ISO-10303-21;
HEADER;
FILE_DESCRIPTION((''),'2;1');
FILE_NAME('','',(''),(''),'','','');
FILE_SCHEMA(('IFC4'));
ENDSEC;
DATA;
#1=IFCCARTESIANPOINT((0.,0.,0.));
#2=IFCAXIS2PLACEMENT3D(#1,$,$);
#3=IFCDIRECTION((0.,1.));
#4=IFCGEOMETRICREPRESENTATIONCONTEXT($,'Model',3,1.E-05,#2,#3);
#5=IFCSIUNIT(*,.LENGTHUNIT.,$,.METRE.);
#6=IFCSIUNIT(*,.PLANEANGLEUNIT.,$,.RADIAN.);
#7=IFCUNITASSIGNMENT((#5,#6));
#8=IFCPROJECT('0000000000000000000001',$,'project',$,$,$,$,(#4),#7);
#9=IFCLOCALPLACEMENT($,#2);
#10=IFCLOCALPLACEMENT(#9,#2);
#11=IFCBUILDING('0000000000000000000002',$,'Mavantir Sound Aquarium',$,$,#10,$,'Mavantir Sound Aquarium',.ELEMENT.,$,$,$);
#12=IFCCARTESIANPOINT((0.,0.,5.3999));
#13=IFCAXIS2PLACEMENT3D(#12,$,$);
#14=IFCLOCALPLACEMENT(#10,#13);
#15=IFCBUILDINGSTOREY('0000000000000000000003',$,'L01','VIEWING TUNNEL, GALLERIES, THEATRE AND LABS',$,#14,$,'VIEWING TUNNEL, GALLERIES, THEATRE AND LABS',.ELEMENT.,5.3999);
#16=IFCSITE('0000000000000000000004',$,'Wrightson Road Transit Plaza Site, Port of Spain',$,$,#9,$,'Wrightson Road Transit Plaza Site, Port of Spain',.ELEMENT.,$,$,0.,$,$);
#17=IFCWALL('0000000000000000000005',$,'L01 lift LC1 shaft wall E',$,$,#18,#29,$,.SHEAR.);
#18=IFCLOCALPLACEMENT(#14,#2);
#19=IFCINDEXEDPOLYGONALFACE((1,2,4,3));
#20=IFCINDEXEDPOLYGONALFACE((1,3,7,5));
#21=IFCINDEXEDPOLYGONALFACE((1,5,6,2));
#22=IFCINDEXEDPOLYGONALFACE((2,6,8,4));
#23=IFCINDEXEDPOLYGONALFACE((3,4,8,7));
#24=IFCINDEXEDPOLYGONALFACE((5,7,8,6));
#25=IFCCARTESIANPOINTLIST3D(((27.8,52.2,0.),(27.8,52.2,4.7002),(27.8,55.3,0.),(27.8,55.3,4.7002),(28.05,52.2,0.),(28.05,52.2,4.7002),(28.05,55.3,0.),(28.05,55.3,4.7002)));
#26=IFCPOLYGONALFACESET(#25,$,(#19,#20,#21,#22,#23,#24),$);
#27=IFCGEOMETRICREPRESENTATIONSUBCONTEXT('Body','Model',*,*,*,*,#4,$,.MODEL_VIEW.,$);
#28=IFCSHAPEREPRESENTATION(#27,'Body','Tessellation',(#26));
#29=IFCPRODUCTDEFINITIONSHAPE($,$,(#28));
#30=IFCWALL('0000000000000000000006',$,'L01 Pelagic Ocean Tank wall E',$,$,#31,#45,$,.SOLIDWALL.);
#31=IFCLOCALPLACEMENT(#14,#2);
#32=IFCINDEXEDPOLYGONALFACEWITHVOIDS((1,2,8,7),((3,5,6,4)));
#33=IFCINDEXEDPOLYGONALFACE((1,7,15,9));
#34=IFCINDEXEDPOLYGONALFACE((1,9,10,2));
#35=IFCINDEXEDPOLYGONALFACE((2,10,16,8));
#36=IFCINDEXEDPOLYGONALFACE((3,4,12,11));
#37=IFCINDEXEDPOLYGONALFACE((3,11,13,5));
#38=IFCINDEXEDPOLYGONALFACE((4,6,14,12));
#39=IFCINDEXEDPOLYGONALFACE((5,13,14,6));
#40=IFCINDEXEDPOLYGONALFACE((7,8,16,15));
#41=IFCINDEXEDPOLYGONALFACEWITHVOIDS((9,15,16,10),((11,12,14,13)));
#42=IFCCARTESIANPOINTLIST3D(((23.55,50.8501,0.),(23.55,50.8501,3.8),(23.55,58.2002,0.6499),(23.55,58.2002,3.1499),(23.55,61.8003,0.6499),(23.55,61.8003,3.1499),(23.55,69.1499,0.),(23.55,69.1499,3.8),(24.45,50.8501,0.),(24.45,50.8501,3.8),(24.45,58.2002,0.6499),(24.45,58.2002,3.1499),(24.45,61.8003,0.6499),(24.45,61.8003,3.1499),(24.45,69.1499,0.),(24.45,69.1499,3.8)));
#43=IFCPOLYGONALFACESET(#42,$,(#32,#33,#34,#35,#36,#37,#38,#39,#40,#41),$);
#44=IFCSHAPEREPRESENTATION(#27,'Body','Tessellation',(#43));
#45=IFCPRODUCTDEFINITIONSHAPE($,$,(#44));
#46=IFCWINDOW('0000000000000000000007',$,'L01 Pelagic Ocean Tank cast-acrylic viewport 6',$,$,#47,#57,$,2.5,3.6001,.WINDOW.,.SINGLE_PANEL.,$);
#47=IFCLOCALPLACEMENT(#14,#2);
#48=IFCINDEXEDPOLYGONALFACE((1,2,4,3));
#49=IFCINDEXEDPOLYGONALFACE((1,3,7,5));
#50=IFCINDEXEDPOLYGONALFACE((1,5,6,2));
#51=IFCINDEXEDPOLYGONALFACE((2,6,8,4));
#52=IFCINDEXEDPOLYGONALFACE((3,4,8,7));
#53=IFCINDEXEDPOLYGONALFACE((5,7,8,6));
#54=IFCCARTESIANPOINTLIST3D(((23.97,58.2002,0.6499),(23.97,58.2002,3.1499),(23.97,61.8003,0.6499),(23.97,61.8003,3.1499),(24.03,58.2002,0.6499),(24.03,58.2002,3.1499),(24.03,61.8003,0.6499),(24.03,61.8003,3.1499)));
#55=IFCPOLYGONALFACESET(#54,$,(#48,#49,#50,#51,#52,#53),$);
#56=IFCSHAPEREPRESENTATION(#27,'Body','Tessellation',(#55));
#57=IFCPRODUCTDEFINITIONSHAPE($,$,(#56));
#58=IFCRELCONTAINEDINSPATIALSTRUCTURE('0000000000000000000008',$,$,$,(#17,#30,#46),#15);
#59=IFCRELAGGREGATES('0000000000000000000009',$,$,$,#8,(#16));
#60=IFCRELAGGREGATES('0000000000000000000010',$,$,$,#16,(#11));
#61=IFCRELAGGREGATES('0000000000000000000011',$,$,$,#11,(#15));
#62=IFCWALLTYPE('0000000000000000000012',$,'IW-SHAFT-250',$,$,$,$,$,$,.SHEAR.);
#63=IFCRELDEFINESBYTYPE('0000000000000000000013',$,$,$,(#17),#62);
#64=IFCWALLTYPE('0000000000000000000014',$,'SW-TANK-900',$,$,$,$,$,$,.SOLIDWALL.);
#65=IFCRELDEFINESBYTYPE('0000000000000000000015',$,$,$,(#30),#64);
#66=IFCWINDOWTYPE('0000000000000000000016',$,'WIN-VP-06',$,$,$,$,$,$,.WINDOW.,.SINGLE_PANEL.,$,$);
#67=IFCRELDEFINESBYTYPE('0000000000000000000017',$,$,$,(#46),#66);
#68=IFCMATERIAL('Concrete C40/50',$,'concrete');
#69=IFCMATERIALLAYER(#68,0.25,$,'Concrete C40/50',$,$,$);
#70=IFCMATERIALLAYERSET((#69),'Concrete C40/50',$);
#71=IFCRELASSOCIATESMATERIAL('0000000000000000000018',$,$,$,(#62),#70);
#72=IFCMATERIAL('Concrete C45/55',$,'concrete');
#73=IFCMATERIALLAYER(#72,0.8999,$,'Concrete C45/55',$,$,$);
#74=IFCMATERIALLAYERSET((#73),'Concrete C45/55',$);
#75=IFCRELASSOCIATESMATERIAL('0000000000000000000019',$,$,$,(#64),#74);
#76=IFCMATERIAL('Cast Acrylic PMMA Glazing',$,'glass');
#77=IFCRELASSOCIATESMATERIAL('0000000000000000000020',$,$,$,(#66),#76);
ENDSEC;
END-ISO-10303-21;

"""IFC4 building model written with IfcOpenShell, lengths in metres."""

from ifc_helpers import new_model, si_unit, direction, frame, frame_2d, origin, place, context, subcontext, project, spatial, rectangle, extrude, material, layer, layer_set, type_object, element, fill, save


model = new_model("IFC4")

# Units and contexts
model_context = context("Model", 3, precision=1e-05, world=origin(), true_north=direction((0.0, 1.0)))
body_context = subcontext(model_context, "Body", "Model", "MODEL_VIEW")
ifc_project = project(units=[si_unit("LENGTHUNIT", "METRE"), si_unit("PLANEANGLEUNIT", "RADIAN")], contexts=[model_context])

# Site, building, storey
site_placement = place(None, origin())
site = spatial("IfcSite", under=ifc_project, at=site_placement, Name="Wrightson Road Transit Plaza Site, Port of Spain", LongName="Wrightson Road Transit Plaza Site, Port of Spain", CompositionType="ELEMENT", RefElevation=0.0)
building_placement = place(site_placement, origin())
building = spatial("IfcBuilding", under=site, at=building_placement, Name="Mavantir Sound Aquarium", LongName="Mavantir Sound Aquarium", CompositionType="ELEMENT")
storey_placement = place(building_placement, frame((0.0, 0.0, 5.3999)))
storey = spatial("IfcBuildingStorey", under=building, at=storey_placement, Name="L01", Description="VIEWING TUNNEL, GALLERIES, THEATRE AND LABS", LongName="VIEWING TUNNEL, GALLERIES, THEATRE AND LABS", CompositionType="ELEMENT", Elevation=5.3999)

# Shared definitions
ifc_material_1 = material(Name="Concrete C40/50", Category="concrete")

# Wall
ifc_layer_1 = layer(ifc_material_1, 0.25, Name="Concrete C40/50")
ifc_layer_set_1 = layer_set([ifc_layer_1], Name="Concrete C40/50")
wall_type_1 = type_object("IfcWallType", Name="IW-SHAFT-250", PredefinedType="SHEAR", material=ifc_layer_set_1)
for number, where, z_axis, x_axis, name in (
    (1, (27.925, 52.2, 0.0), (0.0, 0.0, 1.0), (0.0, 1.0, 0.0), "L01 lift LC1 shaft wall E"),
):
    element("IfcWall", number, at=place(storey_placement, frame(where, z_axis=z_axis, x_axis=x_axis)), inside=storey, type_object=wall_type_1, Name=name, PredefinedType="SHEAR", context=body_context, shape_type="SweptSolid", body=[
        extrude(rectangle(XDim=3.1001, YDim=0.25, at=frame_2d((1.55, 0.0))), origin(), (0.0, 0.0, 1.0), 4.7002),
    ])

# Wall, opening, window
ifc_material_2 = material(Name="Concrete C45/55", Category="concrete")
ifc_layer_2 = layer(ifc_material_2, 0.8999, Name="Concrete C45/55")
ifc_layer_set_2 = layer_set([ifc_layer_2], Name="Concrete C45/55")
wall_type_2 = type_object("IfcWallType", Name="SW-TANK-900", PredefinedType="SOLIDWALL", material=ifc_layer_set_2)
wall_1_placement = place(storey_placement, frame((24.0, 50.8501, 0.0), z_axis=(0.0, 0.0, 1.0), x_axis=(0.0, 1.0, 0.0)))
wall_1 = element("IfcWall", 2, at=wall_1_placement, inside=storey, type_object=wall_type_2, Name="L01 Pelagic Ocean Tank wall E", PredefinedType="SOLIDWALL", context=body_context, shape_type="SweptSolid", body=[
    extrude(rectangle(XDim=18.2998, YDim=0.8999, at=frame_2d((9.1499, 0.0))), origin(), (0.0, 0.0, 1.0), 3.8),
])
opening_placement = place(wall_1_placement, frame((7.3501, 0.0, 0.6499)))
opening = element("IfcOpeningElement", 3, at=opening_placement, cuts=wall_1, PredefinedType="OPENING", context=body_context, shape_type="SweptSolid", body=[
    extrude(rectangle(XDim=3.6001, YDim=2.5, at=frame_2d((1.8, 1.25))), frame((0.0, 0.46, 0.0), z_axis=(0.0, -1.0, 0.0), x_axis=(1.0, 0.0, 0.0)), (0.0, 0.0, 1.0), 0.9199),
])
ifc_material_3 = material(Name="Cast Acrylic PMMA Glazing", Category="glass")
window_type = type_object("IfcWindowType", Name="WIN-VP-06", PartitioningType="SINGLE_PANEL", PredefinedType="WINDOW", material=ifc_material_3)
window_placement = place(opening_placement, origin())
window = element("IfcWindow", 4, at=window_placement, inside=storey, type_object=window_type, Name="L01 Pelagic Ocean Tank cast-acrylic viewport 6", OverallHeight=2.5, OverallWidth=3.6001, PartitioningType="SINGLE_PANEL", PredefinedType="WINDOW", context=body_context, shape_type="SweptSolid", body=[
    extrude(rectangle(XDim=3.6001, YDim=2.5, at=frame_2d((1.8, 1.25))), frame((0.0, 0.03, 0.0), z_axis=(0.0, -1.0, 0.0), x_axis=(1.0, 0.0, 0.0)), (0.0, 0.0, 1.0), 0.0601),
])
fill(opening, window)

save(model, "model.ifc")
